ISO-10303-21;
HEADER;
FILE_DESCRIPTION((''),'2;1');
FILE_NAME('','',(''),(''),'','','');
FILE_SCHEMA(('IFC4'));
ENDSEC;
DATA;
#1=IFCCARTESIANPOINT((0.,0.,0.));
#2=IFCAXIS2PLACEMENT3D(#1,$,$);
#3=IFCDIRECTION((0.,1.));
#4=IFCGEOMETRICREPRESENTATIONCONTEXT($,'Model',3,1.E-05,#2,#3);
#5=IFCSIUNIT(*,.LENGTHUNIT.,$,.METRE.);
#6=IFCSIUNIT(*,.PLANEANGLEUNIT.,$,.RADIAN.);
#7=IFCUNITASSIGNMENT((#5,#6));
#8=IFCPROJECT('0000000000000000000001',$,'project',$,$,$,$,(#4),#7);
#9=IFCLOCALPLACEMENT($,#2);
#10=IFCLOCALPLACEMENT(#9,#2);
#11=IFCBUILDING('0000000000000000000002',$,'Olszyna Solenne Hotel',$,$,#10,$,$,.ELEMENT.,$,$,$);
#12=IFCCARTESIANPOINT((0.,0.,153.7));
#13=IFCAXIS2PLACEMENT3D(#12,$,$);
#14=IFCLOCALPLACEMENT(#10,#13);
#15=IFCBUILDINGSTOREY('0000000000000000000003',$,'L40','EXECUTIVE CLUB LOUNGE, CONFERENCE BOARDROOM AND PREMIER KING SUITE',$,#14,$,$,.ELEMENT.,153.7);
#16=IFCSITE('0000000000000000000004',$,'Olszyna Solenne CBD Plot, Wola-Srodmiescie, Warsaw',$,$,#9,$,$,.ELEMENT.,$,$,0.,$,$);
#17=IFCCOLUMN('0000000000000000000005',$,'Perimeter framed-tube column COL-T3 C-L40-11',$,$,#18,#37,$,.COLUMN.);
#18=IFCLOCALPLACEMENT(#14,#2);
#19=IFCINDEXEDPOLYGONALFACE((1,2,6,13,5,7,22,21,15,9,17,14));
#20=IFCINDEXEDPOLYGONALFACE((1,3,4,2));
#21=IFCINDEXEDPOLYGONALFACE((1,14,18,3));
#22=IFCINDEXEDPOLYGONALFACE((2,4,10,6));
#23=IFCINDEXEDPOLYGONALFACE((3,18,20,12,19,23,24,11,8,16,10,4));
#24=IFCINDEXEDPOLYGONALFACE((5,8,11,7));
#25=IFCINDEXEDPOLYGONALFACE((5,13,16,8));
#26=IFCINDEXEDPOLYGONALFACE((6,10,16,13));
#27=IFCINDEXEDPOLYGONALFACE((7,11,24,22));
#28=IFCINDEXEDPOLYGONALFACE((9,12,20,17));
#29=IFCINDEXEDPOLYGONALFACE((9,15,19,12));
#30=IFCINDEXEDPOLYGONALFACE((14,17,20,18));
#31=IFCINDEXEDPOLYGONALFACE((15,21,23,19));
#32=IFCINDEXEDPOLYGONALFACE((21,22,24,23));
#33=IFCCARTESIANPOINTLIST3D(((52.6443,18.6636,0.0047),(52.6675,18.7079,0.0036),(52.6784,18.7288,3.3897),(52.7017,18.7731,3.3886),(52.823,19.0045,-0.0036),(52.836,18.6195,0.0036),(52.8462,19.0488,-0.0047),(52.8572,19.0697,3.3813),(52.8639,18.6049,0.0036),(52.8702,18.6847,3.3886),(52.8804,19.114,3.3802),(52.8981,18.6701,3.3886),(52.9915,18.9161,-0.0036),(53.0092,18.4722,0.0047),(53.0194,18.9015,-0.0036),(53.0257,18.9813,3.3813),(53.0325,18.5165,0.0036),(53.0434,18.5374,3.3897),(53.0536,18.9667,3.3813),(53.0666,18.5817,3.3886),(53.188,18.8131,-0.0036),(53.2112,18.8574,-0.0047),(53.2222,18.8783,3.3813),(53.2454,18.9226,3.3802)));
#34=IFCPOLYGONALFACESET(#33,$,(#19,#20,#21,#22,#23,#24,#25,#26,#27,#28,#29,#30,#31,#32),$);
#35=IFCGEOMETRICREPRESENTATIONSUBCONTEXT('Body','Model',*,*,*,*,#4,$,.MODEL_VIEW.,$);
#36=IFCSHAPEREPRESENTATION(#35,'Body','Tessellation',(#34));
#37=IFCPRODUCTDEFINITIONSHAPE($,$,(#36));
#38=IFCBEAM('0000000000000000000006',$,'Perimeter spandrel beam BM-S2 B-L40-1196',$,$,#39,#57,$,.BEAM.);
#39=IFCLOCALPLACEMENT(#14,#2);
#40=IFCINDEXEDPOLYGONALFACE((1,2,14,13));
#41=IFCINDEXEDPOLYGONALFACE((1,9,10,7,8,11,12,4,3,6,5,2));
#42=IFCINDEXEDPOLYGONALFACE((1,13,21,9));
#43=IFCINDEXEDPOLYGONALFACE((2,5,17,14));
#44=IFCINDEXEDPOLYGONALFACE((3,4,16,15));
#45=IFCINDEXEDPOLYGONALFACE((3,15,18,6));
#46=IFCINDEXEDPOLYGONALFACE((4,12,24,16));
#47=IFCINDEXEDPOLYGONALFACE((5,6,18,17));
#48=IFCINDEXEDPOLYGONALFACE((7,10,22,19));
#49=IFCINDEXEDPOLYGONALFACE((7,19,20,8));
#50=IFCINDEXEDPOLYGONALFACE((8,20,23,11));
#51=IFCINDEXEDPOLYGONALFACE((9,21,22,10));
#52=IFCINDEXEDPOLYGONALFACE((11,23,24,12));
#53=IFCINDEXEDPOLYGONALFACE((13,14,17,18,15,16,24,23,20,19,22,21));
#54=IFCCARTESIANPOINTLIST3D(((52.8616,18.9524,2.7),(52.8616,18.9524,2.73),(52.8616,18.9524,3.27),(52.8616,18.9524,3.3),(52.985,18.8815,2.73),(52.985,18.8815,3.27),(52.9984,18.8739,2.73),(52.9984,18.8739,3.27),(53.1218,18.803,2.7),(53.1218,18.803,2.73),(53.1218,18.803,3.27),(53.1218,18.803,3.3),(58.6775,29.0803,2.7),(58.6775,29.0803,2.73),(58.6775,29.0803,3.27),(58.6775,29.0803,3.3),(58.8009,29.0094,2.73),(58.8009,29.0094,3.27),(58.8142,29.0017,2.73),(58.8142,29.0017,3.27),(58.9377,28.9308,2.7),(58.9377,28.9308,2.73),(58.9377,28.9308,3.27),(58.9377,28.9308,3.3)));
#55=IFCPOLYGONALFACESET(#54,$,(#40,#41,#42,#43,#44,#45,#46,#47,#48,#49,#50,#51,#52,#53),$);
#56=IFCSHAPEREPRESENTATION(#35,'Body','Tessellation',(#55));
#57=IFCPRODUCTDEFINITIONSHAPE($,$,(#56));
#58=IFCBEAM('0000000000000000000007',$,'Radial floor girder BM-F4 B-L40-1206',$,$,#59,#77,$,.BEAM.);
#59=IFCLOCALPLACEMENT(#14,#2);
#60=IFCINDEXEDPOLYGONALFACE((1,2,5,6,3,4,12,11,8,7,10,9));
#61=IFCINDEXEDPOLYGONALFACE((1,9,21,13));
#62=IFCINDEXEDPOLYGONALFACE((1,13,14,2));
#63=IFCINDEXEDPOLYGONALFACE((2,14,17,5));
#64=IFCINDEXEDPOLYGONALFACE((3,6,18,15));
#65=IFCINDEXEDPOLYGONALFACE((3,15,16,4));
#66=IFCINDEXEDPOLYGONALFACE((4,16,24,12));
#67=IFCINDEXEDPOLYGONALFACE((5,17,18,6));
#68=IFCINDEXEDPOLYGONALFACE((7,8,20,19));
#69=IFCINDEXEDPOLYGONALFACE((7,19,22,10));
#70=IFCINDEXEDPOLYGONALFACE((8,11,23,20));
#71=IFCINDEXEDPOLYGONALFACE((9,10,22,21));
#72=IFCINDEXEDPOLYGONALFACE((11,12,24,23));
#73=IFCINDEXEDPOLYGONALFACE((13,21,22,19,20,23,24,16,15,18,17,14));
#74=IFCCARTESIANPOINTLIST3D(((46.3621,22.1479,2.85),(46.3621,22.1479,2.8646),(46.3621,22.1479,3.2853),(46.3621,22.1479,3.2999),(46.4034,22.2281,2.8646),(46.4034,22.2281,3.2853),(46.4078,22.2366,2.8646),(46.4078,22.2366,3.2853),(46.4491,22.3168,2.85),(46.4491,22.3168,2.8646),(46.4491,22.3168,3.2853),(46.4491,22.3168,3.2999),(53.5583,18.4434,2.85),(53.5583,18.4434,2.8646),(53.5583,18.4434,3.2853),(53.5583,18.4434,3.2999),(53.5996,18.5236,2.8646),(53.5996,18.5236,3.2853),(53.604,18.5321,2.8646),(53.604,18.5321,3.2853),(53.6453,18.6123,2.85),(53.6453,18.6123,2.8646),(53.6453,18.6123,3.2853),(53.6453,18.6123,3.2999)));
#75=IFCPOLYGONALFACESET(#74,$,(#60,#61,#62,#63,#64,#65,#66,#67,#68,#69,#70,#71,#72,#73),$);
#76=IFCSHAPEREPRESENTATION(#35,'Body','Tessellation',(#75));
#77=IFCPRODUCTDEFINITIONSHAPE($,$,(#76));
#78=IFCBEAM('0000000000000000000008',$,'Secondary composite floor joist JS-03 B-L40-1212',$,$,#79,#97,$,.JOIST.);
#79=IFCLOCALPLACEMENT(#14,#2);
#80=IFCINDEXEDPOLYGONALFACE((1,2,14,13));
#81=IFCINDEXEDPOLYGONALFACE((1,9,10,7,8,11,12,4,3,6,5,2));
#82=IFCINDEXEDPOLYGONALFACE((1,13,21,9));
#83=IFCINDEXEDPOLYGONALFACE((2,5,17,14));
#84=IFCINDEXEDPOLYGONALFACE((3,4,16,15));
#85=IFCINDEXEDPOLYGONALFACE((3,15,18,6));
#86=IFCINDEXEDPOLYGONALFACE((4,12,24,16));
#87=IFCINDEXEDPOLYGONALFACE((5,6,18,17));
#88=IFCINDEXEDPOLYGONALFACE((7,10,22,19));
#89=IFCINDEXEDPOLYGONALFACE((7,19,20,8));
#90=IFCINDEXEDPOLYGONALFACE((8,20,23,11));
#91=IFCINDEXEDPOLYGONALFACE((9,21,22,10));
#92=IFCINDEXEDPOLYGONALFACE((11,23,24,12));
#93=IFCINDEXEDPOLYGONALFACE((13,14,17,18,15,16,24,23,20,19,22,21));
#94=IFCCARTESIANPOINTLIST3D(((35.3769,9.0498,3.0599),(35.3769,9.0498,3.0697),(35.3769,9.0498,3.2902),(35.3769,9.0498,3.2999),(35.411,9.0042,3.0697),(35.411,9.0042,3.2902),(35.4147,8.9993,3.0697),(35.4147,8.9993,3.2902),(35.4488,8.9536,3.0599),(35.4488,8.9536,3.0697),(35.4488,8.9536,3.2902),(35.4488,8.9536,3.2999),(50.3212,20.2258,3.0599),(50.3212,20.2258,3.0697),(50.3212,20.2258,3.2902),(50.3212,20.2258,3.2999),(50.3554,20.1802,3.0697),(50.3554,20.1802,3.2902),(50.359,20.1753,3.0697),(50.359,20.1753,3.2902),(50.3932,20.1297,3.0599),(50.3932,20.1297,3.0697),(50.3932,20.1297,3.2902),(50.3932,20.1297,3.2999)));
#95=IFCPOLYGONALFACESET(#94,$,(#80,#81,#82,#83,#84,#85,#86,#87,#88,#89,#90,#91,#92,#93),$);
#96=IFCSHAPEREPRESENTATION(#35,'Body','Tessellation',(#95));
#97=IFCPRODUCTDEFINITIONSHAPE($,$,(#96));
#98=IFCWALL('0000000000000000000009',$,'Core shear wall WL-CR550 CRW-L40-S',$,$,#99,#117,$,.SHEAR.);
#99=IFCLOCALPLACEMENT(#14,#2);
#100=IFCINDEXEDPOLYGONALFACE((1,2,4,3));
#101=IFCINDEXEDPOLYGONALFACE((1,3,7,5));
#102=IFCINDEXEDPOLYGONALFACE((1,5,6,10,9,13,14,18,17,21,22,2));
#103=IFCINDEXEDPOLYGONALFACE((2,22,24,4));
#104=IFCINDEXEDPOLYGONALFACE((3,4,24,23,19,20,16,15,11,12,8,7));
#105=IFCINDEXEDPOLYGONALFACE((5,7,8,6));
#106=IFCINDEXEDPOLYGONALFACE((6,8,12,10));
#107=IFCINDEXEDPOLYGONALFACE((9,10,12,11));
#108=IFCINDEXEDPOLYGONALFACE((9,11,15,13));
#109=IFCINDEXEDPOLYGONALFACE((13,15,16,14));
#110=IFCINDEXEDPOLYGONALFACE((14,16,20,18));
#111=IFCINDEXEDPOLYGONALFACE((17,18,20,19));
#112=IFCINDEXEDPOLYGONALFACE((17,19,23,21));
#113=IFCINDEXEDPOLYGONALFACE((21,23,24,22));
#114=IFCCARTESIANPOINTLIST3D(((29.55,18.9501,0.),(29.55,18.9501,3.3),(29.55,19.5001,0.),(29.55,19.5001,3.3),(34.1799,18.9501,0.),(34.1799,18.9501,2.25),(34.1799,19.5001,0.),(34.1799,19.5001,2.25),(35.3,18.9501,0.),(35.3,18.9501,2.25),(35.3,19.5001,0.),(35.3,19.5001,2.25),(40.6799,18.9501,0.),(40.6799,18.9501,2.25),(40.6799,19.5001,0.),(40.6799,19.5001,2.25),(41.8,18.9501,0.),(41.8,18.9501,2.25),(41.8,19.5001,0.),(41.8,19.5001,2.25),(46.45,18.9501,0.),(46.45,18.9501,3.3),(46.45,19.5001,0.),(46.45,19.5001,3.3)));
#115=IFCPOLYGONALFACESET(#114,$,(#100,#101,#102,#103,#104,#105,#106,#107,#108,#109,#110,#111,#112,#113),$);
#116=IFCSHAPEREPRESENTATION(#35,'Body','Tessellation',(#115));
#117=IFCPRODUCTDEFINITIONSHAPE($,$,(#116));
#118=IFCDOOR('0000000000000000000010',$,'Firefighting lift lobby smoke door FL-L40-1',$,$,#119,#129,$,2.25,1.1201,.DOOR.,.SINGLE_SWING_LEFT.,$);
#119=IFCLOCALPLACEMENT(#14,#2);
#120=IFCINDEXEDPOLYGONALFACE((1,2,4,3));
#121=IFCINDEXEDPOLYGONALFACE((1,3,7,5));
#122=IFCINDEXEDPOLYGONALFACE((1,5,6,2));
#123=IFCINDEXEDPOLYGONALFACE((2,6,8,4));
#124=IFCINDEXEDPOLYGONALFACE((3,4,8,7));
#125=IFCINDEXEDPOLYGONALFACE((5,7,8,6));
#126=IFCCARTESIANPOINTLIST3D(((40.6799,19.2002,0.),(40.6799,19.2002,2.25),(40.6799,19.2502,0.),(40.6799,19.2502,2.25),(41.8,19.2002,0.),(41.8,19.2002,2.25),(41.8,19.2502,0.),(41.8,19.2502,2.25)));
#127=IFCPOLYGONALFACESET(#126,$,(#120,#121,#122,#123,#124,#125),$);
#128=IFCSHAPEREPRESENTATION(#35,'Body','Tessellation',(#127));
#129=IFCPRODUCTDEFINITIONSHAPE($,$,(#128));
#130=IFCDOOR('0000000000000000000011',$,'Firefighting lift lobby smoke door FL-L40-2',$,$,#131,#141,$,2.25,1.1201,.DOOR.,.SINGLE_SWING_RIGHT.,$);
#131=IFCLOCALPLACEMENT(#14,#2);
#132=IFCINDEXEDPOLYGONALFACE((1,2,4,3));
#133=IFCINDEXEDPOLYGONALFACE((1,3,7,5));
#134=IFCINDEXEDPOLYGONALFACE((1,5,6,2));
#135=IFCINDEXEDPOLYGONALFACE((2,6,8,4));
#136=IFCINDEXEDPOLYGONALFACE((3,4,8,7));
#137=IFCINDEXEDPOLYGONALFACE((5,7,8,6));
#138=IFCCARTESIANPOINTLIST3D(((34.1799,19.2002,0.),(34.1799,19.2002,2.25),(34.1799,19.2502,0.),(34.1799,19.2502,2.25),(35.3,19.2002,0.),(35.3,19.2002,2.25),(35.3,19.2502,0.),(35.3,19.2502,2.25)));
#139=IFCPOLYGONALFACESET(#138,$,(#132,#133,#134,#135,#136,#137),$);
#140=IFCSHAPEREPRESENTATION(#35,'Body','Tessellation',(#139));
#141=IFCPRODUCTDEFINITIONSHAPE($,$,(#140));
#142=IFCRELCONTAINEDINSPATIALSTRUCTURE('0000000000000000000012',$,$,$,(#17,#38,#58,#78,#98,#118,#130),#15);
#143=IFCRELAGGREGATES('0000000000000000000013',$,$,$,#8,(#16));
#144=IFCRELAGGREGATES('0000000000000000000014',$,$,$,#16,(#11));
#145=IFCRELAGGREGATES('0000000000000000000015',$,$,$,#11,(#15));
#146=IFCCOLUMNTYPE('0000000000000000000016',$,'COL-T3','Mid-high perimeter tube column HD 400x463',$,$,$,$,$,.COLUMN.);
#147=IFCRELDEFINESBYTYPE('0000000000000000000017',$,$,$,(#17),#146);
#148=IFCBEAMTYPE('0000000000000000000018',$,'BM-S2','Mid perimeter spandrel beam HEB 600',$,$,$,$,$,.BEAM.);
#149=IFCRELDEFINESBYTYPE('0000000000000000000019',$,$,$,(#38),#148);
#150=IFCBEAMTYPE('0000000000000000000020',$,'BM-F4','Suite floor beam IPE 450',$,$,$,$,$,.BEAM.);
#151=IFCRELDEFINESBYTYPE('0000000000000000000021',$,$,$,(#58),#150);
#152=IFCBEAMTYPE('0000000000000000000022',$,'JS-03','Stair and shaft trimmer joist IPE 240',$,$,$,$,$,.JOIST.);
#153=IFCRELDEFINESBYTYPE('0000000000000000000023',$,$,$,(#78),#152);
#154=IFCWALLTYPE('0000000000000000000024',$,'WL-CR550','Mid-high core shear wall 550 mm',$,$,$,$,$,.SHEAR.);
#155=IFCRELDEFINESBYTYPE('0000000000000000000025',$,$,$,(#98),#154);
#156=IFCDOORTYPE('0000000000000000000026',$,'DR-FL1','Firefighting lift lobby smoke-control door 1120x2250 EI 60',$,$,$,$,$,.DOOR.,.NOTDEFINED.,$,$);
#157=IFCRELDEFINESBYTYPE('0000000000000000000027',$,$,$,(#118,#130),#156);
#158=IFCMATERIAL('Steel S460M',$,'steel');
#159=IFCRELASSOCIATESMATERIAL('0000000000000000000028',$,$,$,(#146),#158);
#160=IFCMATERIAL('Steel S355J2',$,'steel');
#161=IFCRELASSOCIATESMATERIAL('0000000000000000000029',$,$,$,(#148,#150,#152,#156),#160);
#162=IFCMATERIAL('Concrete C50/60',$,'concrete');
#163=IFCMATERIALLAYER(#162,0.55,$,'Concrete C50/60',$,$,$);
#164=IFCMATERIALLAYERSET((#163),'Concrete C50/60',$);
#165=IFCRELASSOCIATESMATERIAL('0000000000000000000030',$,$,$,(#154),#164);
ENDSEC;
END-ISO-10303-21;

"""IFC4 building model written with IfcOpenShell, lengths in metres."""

from ifc_helpers import new_model, si_unit, direction, frame, frame_2d, origin, origin_2d, place, context, subcontext, project, spatial, rectangle, i_section, extrude, source, transform, mapped, material, layer, layer_set, material_profile, profile_set, type_object, type_shapes, element, fill, save


model = new_model("IFC4")

# Units and contexts
model_context = context("Model", 3, precision=1e-05, world=origin(), true_north=direction((0.0, 1.0)))
body_context = subcontext(model_context, "Body", "Model", "MODEL_VIEW")
ifc_project = project(units=[si_unit("LENGTHUNIT", "METRE"), si_unit("PLANEANGLEUNIT", "RADIAN")], contexts=[model_context])

# Site, building, storey
site_placement = place(None, origin())
site = spatial("IfcSite", under=ifc_project, at=site_placement, Name="Olszyna Solenne CBD Plot, Wola-Srodmiescie, Warsaw", CompositionType="ELEMENT", RefElevation=0.0)
building_placement = place(site_placement, origin())
building = spatial("IfcBuilding", under=site, at=building_placement, Name="Olszyna Solenne Hotel", CompositionType="ELEMENT")
storey_placement = place(building_placement, frame((0.0, 0.0, 153.7)))
storey = spatial("IfcBuildingStorey", under=building, at=storey_placement, Name="L40", Description="EXECUTIVE CLUB LOUNGE, CONFERENCE BOARDROOM AND PREMIER KING SUITE", CompositionType="ELEMENT", Elevation=153.7)

# Column
ifc_material_1 = material(Name="Steel S460M", Category="steel")
ifc_material_profile_1 = material_profile(ifc_material_1, i_section(OverallWidth=0.4121, OverallDepth=0.4351, WebThickness=0.0315, FlangeThickness=0.05, at=origin_2d()), Name="HD 400x463", Category="load-bearing")
ifc_profile_set_1 = profile_set([ifc_material_profile_1], Name="Steel S460M")
column_type = type_object("IfcColumnType", Name="COL-T3", Description="Mid-high perimeter tube column HD 400x463", PredefinedType="COLUMN", material=ifc_profile_set_1)
shared_shape_1 = source(origin(), body_context, "Body", "SweptSolid", [
    extrude(i_section(OverallWidth=0.4121, OverallDepth=0.4351, WebThickness=0.0315, FlangeThickness=0.05, at=origin_2d()), origin(), (0.0, 0.0, 1.0), 3.3857),
])
column_placement = place(storey_placement, frame((52.9277, 18.7605, 0.0), z_axis=(0.010095, 0.019253, 0.999764), x_axis=(-0.885637, 0.464379, 0.0)))
element("IfcColumn", 1, at=column_placement, inside=storey, type_object=column_type, Name="Perimeter framed-tube column COL-T3 C-L40-11", PredefinedType="COLUMN", context=body_context, shape_type="MappedRepresentation", body=[
    mapped(shared_shape_1, transform((0.0, 0.0, 0.0), x_axis=(1.0, 0.0, 0.0), y_axis=(0.0, 1.0, 0.0), z_axis=(0.0, 0.0, 1.0), scale=1.0)),
])

# Beams
ifc_material_2 = material(Name="Steel S355J2", Category="steel")
ifc_material_profile_2 = material_profile(ifc_material_2, i_section(OverallWidth=0.3, OverallDepth=0.6001, WebThickness=0.0154, FlangeThickness=0.03, at=origin_2d()), Name="HEB 600", Category="load-bearing")
ifc_profile_set_2 = profile_set([ifc_material_profile_2], Name="Steel S355J2")
beam_type_1 = type_object("IfcBeamType", Name="BM-S2", Description="Mid perimeter spandrel beam HEB 600", PredefinedType="BEAM", material=ifc_profile_set_2)
shared_shape_2 = source(origin(), body_context, "Body", "SweptSolid", [
    extrude(i_section(OverallWidth=0.3, OverallDepth=0.6001, WebThickness=0.0154, FlangeThickness=0.03, at=origin_2d()), origin(), (0.0, 0.0, 1.0), 11.679),
])
beam_1_placement = place(storey_placement, frame((52.9917, 18.8777, 3.0), z_axis=(0.497979, 0.867189, 0.0), x_axis=(-0.867189, 0.497979, 0.0)))
element("IfcBeam", 2, at=beam_1_placement, inside=storey, type_object=beam_type_1, Name="Perimeter spandrel beam BM-S2 B-L40-1196", PredefinedType="BEAM", context=body_context, shape_type="MappedRepresentation", body=[
    mapped(shared_shape_2, transform((0.0, 0.0, 0.0), x_axis=(1.0, 0.0, 0.0), y_axis=(0.0, 1.0, 0.0), z_axis=(0.0, 0.0, 1.0), scale=1.0)),
])
ifc_material_profile_3 = material_profile(ifc_material_2, i_section(OverallWidth=0.1899, OverallDepth=0.45, WebThickness=0.0095, FlangeThickness=0.0146, at=origin_2d()), Name="IPE 450", Category="load-bearing")
ifc_profile_set_3 = profile_set([ifc_material_profile_3], Name="Steel S355J2")
beam_type_2 = type_object("IfcBeamType", Name="BM-F4", Description="Suite floor beam IPE 450", PredefinedType="BEAM", material=ifc_profile_set_3)
shared_shape_3 = source(origin(), body_context, "Body", "SweptSolid", [
    extrude(i_section(OverallWidth=0.1899, OverallDepth=0.45, WebThickness=0.0095, FlangeThickness=0.0146, at=origin_2d()), origin(), (0.0, 0.0, 1.0), 8.0938),
])
beam_2_placement = place(storey_placement, frame((53.6018, 18.5278, 3.075), z_axis=(-0.889105, 0.457704, 0.0), x_axis=(-0.457704, -0.889105, 0.0)))
element("IfcBeam", 3, at=beam_2_placement, inside=storey, type_object=beam_type_2, Name="Radial floor girder BM-F4 B-L40-1206", PredefinedType="BEAM", context=body_context, shape_type="MappedRepresentation", body=[
    mapped(shared_shape_3, transform((0.0, 0.0, 0.0), x_axis=(1.0, 0.0, 0.0), y_axis=(0.0, 1.0, 0.0), z_axis=(0.0, 0.0, 1.0), scale=1.0)),
])
ifc_material_profile_4 = material_profile(ifc_material_2, i_section(OverallWidth=0.1201, OverallDepth=0.24, WebThickness=0.0061, FlangeThickness=0.0098, at=origin_2d()), Name="IPE 240", Category="load-bearing")
ifc_profile_set_4 = profile_set([ifc_material_profile_4], Name="Steel S355J2")
beam_type_3 = type_object("IfcBeamType", Name="JS-03", Description="Stair and shaft trimmer joist IPE 240", PredefinedType="JOIST", material=ifc_profile_set_4)
shared_shape_4 = source(origin(), body_context, "Body", "SweptSolid", [
    extrude(i_section(OverallWidth=0.1201, OverallDepth=0.24, WebThickness=0.0061, FlangeThickness=0.0098, at=origin_2d()), origin(), (0.0, 0.0, 1.0), 18.6611),
])
beam_3_placement = place(storey_placement, frame((35.4128, 9.0017, 3.1799), z_axis=(0.800828, 0.598894, 0.0), x_axis=(-0.598894, 0.800828, 0.0)))
element("IfcBeam", 4, at=beam_3_placement, inside=storey, type_object=beam_type_3, Name="Secondary composite floor joist JS-03 B-L40-1212", PredefinedType="JOIST", context=body_context, shape_type="MappedRepresentation", body=[
    mapped(shared_shape_4, transform((0.0, 0.0, 0.0), x_axis=(1.0, 0.0, 0.0), y_axis=(0.0, 1.0, 0.0), z_axis=(0.0, 0.0, 1.0), scale=1.0)),
])

# Wall, openings, doors
ifc_material_3 = material(Name="Concrete C50/60", Category="concrete")
ifc_layer_1 = layer(ifc_material_3, 0.55, Name="Concrete C50/60")
ifc_layer_set_1 = layer_set([ifc_layer_1], Name="Concrete C50/60")
wall_type_1 = type_object("IfcWallType", Name="WL-CR550", Description="Mid-high core shear wall 550 mm", PredefinedType="SHEAR", material=ifc_layer_set_1)
wall_1_placement = place(storey_placement, frame((46.45, 19.2251, 0.0), z_axis=(0.0, 0.0, 1.0), x_axis=(-1.0, 0.0, 0.0)))
wall_1 = element("IfcWall", 5, at=wall_1_placement, inside=storey, type_object=wall_type_1, Name="Core shear wall WL-CR550 CRW-L40-S", PredefinedType="SHEAR", context=body_context, shape_type="SweptSolid", body=[
    extrude(rectangle(XDim=16.8999, YDim=0.55, at=frame_2d((8.45, 0.0))), origin(), (0.0, 0.0, 1.0), 3.3),
])
opening_1_placement = place(wall_1_placement, frame((4.6499, 0.0, 0.0)))
opening_1 = element("IfcOpeningElement", 6, at=opening_1_placement, cuts=wall_1, PredefinedType="OPENING", context=body_context, shape_type="SweptSolid", body=[
    extrude(rectangle(XDim=1.1201, YDim=2.25, at=frame_2d((0.5601, 1.125))), frame((0.0, 0.2852, 0.0), z_axis=(0.0, -1.0, 0.0), x_axis=(1.0, 0.0, 0.0)), (0.0, 0.0, 1.0), 0.5701),
])
opening_2_placement = place(wall_1_placement, frame((11.1499, 0.0, 0.0)))
opening_2 = element("IfcOpeningElement", 7, at=opening_2_placement, cuts=wall_1, PredefinedType="OPENING", context=body_context, shape_type="SweptSolid", body=[
    extrude(rectangle(XDim=1.1201, YDim=2.25, at=frame_2d((0.5601, 1.125))), frame((0.0, 0.2852, 0.0), z_axis=(0.0, -1.0, 0.0), x_axis=(1.0, 0.0, 0.0)), (0.0, 0.0, 1.0), 0.5701),
])
door_type_1 = type_object("IfcDoorType", Name="DR-FL1", Description="Firefighting lift lobby smoke-control door 1120x2250 EI 60", OperationType="NOTDEFINED", PredefinedType="DOOR", material=ifc_material_2)
shared_shape_5 = source(origin(), body_context, "Body", "SweptSolid", [
    extrude(rectangle(XDim=1.1201, YDim=2.25, at=frame_2d((0.5601, 1.125))), frame((0.0, 0.0249, 0.0), z_axis=(0.0, -1.0, 0.0), x_axis=(1.0, 0.0, 0.0)), (0.0, 0.0, 1.0), 0.05),
])
type_shapes(door_type_1, [shared_shape_5])
door_1_placement = place(opening_1_placement, origin())
door_1 = element("IfcDoor", 8, at=door_1_placement, inside=storey, type_object=door_type_1, Name="Firefighting lift lobby smoke door FL-L40-1", OperationType="SINGLE_SWING_LEFT", OverallHeight=2.25, OverallWidth=1.1201, PredefinedType="DOOR", context=body_context, shape_type="MappedRepresentation", body=[
    mapped(shared_shape_5, transform((0.0, 0.0, 0.0), x_axis=(1.0, 0.0, 0.0), y_axis=(0.0, 1.0, 0.0), z_axis=(0.0, 0.0, 1.0), scale=1.0)),
])
fill(opening_1, door_1)
door_2_placement = place(opening_2_placement, origin())
door_2 = element("IfcDoor", 9, at=door_2_placement, inside=storey, type_object=door_type_1, Name="Firefighting lift lobby smoke door FL-L40-2", OperationType="SINGLE_SWING_RIGHT", OverallHeight=2.25, OverallWidth=1.1201, PredefinedType="DOOR", context=body_context, shape_type="MappedRepresentation", body=[
    mapped(shared_shape_5, transform((0.0, 0.0, 0.0), x_axis=(1.0, 0.0, 0.0), y_axis=(0.0, 1.0, 0.0), z_axis=(0.0, 0.0, 1.0), scale=1.0)),
])
fill(opening_2, door_2)

save(model, "model.ifc")
